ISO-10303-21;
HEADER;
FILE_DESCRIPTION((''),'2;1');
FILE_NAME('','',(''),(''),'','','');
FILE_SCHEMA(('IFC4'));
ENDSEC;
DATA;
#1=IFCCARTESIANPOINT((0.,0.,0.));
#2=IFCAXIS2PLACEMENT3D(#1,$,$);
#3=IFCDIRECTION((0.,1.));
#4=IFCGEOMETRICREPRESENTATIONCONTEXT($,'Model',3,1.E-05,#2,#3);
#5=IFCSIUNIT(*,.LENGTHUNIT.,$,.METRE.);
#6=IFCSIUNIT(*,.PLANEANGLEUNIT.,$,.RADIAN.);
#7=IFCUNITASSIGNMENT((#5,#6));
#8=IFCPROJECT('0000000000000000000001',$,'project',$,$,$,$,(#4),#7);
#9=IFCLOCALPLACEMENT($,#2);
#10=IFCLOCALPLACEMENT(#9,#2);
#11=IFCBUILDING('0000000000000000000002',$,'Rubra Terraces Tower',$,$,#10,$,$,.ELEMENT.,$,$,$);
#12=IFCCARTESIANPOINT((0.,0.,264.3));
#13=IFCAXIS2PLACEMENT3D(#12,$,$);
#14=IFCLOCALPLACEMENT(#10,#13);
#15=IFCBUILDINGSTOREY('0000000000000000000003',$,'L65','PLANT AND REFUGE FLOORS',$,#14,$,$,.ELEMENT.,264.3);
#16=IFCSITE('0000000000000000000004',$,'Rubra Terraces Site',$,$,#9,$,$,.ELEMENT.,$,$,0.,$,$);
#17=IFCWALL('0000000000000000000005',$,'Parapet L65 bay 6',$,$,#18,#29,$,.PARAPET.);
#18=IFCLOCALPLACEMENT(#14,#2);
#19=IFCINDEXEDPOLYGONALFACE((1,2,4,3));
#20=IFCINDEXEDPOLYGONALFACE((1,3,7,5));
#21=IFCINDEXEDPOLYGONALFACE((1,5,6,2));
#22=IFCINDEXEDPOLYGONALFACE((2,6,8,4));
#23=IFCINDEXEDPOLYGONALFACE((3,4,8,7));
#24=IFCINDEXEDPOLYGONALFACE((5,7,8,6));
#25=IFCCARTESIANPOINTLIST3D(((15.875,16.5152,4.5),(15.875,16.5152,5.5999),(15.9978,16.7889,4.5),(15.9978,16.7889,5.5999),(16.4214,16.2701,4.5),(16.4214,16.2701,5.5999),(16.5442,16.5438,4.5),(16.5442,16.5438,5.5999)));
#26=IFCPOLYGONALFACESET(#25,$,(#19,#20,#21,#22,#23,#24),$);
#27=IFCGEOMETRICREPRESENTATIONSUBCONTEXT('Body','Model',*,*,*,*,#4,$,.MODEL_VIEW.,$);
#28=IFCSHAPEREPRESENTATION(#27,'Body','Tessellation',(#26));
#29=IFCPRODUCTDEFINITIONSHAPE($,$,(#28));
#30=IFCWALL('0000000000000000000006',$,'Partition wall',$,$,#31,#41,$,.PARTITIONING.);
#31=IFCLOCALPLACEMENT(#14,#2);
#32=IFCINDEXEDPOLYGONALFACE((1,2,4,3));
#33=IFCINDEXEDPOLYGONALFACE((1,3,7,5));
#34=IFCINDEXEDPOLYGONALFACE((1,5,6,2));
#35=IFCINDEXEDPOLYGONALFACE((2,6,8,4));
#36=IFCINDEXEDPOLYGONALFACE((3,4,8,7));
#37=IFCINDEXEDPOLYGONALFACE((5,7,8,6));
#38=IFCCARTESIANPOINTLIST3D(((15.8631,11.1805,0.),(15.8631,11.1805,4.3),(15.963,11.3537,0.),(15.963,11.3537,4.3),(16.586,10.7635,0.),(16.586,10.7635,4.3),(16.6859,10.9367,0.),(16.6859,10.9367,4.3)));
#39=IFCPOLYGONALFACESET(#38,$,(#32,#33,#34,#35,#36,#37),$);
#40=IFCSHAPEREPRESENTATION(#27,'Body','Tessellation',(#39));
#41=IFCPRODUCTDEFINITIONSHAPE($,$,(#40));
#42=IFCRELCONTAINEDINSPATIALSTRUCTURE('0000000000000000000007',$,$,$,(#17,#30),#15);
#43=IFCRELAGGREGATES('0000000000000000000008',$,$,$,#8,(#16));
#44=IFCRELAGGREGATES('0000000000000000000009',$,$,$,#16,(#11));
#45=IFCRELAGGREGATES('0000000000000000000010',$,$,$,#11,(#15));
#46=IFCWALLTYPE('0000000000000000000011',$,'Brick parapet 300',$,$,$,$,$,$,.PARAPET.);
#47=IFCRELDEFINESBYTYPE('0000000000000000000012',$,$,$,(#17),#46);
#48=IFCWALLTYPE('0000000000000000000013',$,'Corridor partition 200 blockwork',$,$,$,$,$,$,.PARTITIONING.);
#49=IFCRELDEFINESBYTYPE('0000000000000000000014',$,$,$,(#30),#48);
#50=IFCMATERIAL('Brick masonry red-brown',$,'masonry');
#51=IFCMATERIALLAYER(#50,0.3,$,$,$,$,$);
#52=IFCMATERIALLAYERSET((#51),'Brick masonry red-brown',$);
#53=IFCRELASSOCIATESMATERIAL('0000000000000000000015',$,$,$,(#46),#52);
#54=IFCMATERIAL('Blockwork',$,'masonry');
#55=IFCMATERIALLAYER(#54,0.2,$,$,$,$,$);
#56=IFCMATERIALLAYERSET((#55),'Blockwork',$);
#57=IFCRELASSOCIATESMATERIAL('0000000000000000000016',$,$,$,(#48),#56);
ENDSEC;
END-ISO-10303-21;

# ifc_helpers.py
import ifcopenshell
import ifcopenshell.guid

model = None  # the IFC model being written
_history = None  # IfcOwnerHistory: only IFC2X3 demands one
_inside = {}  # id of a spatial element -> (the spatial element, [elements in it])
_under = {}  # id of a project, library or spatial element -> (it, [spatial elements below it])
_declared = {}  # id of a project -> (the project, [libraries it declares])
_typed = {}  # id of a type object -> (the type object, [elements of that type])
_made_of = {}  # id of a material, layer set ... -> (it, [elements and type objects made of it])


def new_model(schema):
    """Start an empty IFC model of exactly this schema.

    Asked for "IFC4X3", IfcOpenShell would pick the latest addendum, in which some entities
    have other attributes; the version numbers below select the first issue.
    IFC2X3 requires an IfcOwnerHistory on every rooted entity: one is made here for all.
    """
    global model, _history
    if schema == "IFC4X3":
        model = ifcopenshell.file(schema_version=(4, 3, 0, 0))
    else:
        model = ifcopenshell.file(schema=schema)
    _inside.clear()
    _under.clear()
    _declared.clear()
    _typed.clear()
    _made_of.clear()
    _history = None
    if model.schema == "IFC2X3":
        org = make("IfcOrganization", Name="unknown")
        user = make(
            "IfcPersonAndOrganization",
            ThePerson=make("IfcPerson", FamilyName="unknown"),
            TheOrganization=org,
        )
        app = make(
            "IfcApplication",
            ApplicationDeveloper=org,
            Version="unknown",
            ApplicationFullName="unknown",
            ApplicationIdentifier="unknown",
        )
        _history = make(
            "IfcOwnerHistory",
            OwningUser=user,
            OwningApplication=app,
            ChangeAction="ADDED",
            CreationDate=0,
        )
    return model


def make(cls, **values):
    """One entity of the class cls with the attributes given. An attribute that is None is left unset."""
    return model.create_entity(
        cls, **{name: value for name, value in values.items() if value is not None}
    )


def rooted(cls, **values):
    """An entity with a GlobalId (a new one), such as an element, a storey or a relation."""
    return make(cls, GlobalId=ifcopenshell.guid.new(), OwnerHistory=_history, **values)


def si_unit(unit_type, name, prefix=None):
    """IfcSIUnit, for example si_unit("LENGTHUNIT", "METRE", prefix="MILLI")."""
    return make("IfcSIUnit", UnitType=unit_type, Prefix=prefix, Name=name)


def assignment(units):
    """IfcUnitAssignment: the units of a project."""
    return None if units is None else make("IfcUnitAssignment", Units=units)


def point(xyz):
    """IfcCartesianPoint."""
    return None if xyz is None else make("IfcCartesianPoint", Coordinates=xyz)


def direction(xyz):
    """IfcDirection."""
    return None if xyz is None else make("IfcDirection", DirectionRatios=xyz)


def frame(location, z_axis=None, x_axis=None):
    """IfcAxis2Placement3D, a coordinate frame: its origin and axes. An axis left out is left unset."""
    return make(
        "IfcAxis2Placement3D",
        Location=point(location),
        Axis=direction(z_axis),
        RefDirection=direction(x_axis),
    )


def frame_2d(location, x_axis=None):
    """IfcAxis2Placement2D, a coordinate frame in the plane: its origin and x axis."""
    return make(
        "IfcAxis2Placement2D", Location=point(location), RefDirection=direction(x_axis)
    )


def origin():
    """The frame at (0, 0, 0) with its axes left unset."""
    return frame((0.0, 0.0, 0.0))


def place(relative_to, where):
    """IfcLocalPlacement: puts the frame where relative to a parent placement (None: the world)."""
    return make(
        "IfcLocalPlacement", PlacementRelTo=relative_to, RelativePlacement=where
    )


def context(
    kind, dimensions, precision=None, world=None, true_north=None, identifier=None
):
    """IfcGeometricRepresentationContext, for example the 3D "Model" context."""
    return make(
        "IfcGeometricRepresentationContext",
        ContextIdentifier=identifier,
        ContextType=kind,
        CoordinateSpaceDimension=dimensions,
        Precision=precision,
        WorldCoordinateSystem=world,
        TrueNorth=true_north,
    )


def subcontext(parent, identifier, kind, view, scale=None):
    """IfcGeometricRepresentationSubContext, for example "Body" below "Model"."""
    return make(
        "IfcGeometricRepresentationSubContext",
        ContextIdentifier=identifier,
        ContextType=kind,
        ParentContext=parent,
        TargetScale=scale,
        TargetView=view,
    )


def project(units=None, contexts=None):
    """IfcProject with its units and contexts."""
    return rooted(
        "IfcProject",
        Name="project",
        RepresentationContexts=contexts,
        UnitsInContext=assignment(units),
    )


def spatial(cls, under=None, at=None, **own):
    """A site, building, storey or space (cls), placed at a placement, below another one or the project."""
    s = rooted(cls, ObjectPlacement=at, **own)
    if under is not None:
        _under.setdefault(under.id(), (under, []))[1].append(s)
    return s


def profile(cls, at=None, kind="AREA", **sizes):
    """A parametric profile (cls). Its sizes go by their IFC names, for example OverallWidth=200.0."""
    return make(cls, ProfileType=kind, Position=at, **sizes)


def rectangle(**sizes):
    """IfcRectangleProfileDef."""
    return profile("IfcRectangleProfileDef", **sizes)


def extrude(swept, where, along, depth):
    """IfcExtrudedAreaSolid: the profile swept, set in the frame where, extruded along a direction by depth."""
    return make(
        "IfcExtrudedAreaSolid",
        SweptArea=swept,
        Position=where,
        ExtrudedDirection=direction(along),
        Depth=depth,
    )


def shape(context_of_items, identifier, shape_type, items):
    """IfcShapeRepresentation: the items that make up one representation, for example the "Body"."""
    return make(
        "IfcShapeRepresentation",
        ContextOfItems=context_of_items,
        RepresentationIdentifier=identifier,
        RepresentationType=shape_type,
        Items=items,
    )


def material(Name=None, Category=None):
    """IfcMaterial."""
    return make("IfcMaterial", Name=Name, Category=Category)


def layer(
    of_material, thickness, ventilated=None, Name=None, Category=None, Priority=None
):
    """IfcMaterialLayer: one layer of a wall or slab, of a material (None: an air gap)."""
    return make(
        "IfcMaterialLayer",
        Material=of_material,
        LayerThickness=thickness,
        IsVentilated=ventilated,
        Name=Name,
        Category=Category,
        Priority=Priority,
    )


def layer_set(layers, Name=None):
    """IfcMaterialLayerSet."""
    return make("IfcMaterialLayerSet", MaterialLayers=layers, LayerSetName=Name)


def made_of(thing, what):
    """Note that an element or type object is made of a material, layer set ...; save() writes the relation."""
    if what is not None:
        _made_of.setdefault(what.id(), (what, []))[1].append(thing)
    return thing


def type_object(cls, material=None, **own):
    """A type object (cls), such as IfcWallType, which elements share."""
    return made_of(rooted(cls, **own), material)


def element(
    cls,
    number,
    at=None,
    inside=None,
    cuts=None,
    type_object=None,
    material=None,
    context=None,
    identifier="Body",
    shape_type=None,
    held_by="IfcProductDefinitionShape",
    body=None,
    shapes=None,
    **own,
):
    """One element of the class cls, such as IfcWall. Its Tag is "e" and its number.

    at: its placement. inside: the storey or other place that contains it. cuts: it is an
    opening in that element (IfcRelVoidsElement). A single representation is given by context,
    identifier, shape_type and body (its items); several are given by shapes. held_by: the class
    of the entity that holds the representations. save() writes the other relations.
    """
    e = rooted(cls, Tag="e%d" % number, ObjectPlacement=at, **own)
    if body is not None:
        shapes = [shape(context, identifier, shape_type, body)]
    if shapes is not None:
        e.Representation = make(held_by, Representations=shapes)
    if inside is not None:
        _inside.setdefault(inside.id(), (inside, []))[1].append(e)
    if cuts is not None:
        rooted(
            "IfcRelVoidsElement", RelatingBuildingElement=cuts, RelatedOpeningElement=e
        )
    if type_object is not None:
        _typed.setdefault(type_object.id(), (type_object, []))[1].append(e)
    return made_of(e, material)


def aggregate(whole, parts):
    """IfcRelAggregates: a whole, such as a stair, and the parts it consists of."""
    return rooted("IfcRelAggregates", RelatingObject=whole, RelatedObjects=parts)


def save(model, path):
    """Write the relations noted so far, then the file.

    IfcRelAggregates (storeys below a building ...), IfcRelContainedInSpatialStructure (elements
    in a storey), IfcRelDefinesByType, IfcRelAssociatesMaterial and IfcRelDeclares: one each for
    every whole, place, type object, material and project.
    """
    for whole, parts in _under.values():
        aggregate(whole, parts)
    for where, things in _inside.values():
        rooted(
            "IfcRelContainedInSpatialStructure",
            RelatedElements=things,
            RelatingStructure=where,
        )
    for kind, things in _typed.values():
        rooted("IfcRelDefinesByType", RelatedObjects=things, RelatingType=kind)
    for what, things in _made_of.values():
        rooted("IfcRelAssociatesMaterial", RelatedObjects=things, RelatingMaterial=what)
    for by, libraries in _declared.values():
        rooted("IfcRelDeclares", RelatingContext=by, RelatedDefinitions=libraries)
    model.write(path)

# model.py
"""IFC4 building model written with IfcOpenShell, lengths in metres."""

from ifc_helpers import new_model, si_unit, direction, frame, frame_2d, origin, place, context, subcontext, project, spatial, rectangle, extrude, material, layer, layer_set, type_object, element, save


model = new_model("IFC4")

# Units and contexts
model_context = context("Model", 3, precision=1e-05, world=origin(), true_north=direction((0.0, 1.0)))
body_context = subcontext(model_context, "Body", "Model", "MODEL_VIEW")
ifc_project = project(units=[si_unit("LENGTHUNIT", "METRE"), si_unit("PLANEANGLEUNIT", "RADIAN")], contexts=[model_context])

# Site, building, storey
site_placement = place(None, origin())
site = spatial("IfcSite", under=ifc_project, at=site_placement, Name="Rubra Terraces Site", CompositionType="ELEMENT", RefElevation=0.0)
building_placement = place(site_placement, origin())
building = spatial("IfcBuilding", under=site, at=building_placement, Name="Rubra Terraces Tower", CompositionType="ELEMENT")
storey_placement = place(building_placement, frame((0.0, 0.0, 264.3)))
storey = spatial("IfcBuildingStorey", under=building, at=storey_placement, Name="L65", Description="PLANT AND REFUGE FLOORS", CompositionType="ELEMENT", Elevation=264.3)

# Shared definitions
ifc_material_1 = material(Name="Brick masonry red-brown", Category="masonry")

# Walls
ifc_layer_1 = layer(ifc_material_1, 0.3)
ifc_layer_set_1 = layer_set([ifc_layer_1], Name="Brick masonry red-brown")
wall_type_1 = type_object("IfcWallType", Name="Brick parapet 300", PredefinedType="PARAPET", material=ifc_layer_set_1)
wall_1_placement = place(storey_placement, frame((16.4827, 16.407, 4.5), z_axis=(0.0, 0.0, 1.0), x_axis=(-0.912394, 0.409313, 0.0)))
element("IfcWall", 1, at=wall_1_placement, inside=storey, type_object=wall_type_1, Name="Parapet L65 bay 6", PredefinedType="PARAPET", context=body_context, shape_type="SweptSolid", body=[
    extrude(rectangle(XDim=0.5989, YDim=0.3, at=frame_2d((0.2993, 0.0))), origin(), (0.0, 0.0, 1.0), 1.0999),
])
ifc_material_2 = material(Name="Blockwork", Category="masonry")
ifc_layer_2 = layer(ifc_material_2, 0.2)
ifc_layer_set_2 = layer_set([ifc_layer_2], Name="Blockwork")
wall_type_2 = type_object("IfcWallType", Name="Corridor partition 200 blockwork", PredefinedType="PARTITIONING", material=ifc_layer_set_2)
wall_2_placement = place(storey_placement, frame((15.9131, 11.2671, 0.0), z_axis=(0.0, 0.0, 1.0), x_axis=(0.86622, -0.499663, 0.0)))
element("IfcWall", 2, at=wall_2_placement, inside=storey, type_object=wall_type_2, Name="Partition wall", PredefinedType="PARTITIONING", context=body_context, shape_type="SweptSolid", body=[
    extrude(rectangle(XDim=0.8345, YDim=0.2, at=frame_2d((0.4172, 0.0))), origin(), (0.0, 0.0, 1.0), 4.3),
])

save(model, "model.ifc")
